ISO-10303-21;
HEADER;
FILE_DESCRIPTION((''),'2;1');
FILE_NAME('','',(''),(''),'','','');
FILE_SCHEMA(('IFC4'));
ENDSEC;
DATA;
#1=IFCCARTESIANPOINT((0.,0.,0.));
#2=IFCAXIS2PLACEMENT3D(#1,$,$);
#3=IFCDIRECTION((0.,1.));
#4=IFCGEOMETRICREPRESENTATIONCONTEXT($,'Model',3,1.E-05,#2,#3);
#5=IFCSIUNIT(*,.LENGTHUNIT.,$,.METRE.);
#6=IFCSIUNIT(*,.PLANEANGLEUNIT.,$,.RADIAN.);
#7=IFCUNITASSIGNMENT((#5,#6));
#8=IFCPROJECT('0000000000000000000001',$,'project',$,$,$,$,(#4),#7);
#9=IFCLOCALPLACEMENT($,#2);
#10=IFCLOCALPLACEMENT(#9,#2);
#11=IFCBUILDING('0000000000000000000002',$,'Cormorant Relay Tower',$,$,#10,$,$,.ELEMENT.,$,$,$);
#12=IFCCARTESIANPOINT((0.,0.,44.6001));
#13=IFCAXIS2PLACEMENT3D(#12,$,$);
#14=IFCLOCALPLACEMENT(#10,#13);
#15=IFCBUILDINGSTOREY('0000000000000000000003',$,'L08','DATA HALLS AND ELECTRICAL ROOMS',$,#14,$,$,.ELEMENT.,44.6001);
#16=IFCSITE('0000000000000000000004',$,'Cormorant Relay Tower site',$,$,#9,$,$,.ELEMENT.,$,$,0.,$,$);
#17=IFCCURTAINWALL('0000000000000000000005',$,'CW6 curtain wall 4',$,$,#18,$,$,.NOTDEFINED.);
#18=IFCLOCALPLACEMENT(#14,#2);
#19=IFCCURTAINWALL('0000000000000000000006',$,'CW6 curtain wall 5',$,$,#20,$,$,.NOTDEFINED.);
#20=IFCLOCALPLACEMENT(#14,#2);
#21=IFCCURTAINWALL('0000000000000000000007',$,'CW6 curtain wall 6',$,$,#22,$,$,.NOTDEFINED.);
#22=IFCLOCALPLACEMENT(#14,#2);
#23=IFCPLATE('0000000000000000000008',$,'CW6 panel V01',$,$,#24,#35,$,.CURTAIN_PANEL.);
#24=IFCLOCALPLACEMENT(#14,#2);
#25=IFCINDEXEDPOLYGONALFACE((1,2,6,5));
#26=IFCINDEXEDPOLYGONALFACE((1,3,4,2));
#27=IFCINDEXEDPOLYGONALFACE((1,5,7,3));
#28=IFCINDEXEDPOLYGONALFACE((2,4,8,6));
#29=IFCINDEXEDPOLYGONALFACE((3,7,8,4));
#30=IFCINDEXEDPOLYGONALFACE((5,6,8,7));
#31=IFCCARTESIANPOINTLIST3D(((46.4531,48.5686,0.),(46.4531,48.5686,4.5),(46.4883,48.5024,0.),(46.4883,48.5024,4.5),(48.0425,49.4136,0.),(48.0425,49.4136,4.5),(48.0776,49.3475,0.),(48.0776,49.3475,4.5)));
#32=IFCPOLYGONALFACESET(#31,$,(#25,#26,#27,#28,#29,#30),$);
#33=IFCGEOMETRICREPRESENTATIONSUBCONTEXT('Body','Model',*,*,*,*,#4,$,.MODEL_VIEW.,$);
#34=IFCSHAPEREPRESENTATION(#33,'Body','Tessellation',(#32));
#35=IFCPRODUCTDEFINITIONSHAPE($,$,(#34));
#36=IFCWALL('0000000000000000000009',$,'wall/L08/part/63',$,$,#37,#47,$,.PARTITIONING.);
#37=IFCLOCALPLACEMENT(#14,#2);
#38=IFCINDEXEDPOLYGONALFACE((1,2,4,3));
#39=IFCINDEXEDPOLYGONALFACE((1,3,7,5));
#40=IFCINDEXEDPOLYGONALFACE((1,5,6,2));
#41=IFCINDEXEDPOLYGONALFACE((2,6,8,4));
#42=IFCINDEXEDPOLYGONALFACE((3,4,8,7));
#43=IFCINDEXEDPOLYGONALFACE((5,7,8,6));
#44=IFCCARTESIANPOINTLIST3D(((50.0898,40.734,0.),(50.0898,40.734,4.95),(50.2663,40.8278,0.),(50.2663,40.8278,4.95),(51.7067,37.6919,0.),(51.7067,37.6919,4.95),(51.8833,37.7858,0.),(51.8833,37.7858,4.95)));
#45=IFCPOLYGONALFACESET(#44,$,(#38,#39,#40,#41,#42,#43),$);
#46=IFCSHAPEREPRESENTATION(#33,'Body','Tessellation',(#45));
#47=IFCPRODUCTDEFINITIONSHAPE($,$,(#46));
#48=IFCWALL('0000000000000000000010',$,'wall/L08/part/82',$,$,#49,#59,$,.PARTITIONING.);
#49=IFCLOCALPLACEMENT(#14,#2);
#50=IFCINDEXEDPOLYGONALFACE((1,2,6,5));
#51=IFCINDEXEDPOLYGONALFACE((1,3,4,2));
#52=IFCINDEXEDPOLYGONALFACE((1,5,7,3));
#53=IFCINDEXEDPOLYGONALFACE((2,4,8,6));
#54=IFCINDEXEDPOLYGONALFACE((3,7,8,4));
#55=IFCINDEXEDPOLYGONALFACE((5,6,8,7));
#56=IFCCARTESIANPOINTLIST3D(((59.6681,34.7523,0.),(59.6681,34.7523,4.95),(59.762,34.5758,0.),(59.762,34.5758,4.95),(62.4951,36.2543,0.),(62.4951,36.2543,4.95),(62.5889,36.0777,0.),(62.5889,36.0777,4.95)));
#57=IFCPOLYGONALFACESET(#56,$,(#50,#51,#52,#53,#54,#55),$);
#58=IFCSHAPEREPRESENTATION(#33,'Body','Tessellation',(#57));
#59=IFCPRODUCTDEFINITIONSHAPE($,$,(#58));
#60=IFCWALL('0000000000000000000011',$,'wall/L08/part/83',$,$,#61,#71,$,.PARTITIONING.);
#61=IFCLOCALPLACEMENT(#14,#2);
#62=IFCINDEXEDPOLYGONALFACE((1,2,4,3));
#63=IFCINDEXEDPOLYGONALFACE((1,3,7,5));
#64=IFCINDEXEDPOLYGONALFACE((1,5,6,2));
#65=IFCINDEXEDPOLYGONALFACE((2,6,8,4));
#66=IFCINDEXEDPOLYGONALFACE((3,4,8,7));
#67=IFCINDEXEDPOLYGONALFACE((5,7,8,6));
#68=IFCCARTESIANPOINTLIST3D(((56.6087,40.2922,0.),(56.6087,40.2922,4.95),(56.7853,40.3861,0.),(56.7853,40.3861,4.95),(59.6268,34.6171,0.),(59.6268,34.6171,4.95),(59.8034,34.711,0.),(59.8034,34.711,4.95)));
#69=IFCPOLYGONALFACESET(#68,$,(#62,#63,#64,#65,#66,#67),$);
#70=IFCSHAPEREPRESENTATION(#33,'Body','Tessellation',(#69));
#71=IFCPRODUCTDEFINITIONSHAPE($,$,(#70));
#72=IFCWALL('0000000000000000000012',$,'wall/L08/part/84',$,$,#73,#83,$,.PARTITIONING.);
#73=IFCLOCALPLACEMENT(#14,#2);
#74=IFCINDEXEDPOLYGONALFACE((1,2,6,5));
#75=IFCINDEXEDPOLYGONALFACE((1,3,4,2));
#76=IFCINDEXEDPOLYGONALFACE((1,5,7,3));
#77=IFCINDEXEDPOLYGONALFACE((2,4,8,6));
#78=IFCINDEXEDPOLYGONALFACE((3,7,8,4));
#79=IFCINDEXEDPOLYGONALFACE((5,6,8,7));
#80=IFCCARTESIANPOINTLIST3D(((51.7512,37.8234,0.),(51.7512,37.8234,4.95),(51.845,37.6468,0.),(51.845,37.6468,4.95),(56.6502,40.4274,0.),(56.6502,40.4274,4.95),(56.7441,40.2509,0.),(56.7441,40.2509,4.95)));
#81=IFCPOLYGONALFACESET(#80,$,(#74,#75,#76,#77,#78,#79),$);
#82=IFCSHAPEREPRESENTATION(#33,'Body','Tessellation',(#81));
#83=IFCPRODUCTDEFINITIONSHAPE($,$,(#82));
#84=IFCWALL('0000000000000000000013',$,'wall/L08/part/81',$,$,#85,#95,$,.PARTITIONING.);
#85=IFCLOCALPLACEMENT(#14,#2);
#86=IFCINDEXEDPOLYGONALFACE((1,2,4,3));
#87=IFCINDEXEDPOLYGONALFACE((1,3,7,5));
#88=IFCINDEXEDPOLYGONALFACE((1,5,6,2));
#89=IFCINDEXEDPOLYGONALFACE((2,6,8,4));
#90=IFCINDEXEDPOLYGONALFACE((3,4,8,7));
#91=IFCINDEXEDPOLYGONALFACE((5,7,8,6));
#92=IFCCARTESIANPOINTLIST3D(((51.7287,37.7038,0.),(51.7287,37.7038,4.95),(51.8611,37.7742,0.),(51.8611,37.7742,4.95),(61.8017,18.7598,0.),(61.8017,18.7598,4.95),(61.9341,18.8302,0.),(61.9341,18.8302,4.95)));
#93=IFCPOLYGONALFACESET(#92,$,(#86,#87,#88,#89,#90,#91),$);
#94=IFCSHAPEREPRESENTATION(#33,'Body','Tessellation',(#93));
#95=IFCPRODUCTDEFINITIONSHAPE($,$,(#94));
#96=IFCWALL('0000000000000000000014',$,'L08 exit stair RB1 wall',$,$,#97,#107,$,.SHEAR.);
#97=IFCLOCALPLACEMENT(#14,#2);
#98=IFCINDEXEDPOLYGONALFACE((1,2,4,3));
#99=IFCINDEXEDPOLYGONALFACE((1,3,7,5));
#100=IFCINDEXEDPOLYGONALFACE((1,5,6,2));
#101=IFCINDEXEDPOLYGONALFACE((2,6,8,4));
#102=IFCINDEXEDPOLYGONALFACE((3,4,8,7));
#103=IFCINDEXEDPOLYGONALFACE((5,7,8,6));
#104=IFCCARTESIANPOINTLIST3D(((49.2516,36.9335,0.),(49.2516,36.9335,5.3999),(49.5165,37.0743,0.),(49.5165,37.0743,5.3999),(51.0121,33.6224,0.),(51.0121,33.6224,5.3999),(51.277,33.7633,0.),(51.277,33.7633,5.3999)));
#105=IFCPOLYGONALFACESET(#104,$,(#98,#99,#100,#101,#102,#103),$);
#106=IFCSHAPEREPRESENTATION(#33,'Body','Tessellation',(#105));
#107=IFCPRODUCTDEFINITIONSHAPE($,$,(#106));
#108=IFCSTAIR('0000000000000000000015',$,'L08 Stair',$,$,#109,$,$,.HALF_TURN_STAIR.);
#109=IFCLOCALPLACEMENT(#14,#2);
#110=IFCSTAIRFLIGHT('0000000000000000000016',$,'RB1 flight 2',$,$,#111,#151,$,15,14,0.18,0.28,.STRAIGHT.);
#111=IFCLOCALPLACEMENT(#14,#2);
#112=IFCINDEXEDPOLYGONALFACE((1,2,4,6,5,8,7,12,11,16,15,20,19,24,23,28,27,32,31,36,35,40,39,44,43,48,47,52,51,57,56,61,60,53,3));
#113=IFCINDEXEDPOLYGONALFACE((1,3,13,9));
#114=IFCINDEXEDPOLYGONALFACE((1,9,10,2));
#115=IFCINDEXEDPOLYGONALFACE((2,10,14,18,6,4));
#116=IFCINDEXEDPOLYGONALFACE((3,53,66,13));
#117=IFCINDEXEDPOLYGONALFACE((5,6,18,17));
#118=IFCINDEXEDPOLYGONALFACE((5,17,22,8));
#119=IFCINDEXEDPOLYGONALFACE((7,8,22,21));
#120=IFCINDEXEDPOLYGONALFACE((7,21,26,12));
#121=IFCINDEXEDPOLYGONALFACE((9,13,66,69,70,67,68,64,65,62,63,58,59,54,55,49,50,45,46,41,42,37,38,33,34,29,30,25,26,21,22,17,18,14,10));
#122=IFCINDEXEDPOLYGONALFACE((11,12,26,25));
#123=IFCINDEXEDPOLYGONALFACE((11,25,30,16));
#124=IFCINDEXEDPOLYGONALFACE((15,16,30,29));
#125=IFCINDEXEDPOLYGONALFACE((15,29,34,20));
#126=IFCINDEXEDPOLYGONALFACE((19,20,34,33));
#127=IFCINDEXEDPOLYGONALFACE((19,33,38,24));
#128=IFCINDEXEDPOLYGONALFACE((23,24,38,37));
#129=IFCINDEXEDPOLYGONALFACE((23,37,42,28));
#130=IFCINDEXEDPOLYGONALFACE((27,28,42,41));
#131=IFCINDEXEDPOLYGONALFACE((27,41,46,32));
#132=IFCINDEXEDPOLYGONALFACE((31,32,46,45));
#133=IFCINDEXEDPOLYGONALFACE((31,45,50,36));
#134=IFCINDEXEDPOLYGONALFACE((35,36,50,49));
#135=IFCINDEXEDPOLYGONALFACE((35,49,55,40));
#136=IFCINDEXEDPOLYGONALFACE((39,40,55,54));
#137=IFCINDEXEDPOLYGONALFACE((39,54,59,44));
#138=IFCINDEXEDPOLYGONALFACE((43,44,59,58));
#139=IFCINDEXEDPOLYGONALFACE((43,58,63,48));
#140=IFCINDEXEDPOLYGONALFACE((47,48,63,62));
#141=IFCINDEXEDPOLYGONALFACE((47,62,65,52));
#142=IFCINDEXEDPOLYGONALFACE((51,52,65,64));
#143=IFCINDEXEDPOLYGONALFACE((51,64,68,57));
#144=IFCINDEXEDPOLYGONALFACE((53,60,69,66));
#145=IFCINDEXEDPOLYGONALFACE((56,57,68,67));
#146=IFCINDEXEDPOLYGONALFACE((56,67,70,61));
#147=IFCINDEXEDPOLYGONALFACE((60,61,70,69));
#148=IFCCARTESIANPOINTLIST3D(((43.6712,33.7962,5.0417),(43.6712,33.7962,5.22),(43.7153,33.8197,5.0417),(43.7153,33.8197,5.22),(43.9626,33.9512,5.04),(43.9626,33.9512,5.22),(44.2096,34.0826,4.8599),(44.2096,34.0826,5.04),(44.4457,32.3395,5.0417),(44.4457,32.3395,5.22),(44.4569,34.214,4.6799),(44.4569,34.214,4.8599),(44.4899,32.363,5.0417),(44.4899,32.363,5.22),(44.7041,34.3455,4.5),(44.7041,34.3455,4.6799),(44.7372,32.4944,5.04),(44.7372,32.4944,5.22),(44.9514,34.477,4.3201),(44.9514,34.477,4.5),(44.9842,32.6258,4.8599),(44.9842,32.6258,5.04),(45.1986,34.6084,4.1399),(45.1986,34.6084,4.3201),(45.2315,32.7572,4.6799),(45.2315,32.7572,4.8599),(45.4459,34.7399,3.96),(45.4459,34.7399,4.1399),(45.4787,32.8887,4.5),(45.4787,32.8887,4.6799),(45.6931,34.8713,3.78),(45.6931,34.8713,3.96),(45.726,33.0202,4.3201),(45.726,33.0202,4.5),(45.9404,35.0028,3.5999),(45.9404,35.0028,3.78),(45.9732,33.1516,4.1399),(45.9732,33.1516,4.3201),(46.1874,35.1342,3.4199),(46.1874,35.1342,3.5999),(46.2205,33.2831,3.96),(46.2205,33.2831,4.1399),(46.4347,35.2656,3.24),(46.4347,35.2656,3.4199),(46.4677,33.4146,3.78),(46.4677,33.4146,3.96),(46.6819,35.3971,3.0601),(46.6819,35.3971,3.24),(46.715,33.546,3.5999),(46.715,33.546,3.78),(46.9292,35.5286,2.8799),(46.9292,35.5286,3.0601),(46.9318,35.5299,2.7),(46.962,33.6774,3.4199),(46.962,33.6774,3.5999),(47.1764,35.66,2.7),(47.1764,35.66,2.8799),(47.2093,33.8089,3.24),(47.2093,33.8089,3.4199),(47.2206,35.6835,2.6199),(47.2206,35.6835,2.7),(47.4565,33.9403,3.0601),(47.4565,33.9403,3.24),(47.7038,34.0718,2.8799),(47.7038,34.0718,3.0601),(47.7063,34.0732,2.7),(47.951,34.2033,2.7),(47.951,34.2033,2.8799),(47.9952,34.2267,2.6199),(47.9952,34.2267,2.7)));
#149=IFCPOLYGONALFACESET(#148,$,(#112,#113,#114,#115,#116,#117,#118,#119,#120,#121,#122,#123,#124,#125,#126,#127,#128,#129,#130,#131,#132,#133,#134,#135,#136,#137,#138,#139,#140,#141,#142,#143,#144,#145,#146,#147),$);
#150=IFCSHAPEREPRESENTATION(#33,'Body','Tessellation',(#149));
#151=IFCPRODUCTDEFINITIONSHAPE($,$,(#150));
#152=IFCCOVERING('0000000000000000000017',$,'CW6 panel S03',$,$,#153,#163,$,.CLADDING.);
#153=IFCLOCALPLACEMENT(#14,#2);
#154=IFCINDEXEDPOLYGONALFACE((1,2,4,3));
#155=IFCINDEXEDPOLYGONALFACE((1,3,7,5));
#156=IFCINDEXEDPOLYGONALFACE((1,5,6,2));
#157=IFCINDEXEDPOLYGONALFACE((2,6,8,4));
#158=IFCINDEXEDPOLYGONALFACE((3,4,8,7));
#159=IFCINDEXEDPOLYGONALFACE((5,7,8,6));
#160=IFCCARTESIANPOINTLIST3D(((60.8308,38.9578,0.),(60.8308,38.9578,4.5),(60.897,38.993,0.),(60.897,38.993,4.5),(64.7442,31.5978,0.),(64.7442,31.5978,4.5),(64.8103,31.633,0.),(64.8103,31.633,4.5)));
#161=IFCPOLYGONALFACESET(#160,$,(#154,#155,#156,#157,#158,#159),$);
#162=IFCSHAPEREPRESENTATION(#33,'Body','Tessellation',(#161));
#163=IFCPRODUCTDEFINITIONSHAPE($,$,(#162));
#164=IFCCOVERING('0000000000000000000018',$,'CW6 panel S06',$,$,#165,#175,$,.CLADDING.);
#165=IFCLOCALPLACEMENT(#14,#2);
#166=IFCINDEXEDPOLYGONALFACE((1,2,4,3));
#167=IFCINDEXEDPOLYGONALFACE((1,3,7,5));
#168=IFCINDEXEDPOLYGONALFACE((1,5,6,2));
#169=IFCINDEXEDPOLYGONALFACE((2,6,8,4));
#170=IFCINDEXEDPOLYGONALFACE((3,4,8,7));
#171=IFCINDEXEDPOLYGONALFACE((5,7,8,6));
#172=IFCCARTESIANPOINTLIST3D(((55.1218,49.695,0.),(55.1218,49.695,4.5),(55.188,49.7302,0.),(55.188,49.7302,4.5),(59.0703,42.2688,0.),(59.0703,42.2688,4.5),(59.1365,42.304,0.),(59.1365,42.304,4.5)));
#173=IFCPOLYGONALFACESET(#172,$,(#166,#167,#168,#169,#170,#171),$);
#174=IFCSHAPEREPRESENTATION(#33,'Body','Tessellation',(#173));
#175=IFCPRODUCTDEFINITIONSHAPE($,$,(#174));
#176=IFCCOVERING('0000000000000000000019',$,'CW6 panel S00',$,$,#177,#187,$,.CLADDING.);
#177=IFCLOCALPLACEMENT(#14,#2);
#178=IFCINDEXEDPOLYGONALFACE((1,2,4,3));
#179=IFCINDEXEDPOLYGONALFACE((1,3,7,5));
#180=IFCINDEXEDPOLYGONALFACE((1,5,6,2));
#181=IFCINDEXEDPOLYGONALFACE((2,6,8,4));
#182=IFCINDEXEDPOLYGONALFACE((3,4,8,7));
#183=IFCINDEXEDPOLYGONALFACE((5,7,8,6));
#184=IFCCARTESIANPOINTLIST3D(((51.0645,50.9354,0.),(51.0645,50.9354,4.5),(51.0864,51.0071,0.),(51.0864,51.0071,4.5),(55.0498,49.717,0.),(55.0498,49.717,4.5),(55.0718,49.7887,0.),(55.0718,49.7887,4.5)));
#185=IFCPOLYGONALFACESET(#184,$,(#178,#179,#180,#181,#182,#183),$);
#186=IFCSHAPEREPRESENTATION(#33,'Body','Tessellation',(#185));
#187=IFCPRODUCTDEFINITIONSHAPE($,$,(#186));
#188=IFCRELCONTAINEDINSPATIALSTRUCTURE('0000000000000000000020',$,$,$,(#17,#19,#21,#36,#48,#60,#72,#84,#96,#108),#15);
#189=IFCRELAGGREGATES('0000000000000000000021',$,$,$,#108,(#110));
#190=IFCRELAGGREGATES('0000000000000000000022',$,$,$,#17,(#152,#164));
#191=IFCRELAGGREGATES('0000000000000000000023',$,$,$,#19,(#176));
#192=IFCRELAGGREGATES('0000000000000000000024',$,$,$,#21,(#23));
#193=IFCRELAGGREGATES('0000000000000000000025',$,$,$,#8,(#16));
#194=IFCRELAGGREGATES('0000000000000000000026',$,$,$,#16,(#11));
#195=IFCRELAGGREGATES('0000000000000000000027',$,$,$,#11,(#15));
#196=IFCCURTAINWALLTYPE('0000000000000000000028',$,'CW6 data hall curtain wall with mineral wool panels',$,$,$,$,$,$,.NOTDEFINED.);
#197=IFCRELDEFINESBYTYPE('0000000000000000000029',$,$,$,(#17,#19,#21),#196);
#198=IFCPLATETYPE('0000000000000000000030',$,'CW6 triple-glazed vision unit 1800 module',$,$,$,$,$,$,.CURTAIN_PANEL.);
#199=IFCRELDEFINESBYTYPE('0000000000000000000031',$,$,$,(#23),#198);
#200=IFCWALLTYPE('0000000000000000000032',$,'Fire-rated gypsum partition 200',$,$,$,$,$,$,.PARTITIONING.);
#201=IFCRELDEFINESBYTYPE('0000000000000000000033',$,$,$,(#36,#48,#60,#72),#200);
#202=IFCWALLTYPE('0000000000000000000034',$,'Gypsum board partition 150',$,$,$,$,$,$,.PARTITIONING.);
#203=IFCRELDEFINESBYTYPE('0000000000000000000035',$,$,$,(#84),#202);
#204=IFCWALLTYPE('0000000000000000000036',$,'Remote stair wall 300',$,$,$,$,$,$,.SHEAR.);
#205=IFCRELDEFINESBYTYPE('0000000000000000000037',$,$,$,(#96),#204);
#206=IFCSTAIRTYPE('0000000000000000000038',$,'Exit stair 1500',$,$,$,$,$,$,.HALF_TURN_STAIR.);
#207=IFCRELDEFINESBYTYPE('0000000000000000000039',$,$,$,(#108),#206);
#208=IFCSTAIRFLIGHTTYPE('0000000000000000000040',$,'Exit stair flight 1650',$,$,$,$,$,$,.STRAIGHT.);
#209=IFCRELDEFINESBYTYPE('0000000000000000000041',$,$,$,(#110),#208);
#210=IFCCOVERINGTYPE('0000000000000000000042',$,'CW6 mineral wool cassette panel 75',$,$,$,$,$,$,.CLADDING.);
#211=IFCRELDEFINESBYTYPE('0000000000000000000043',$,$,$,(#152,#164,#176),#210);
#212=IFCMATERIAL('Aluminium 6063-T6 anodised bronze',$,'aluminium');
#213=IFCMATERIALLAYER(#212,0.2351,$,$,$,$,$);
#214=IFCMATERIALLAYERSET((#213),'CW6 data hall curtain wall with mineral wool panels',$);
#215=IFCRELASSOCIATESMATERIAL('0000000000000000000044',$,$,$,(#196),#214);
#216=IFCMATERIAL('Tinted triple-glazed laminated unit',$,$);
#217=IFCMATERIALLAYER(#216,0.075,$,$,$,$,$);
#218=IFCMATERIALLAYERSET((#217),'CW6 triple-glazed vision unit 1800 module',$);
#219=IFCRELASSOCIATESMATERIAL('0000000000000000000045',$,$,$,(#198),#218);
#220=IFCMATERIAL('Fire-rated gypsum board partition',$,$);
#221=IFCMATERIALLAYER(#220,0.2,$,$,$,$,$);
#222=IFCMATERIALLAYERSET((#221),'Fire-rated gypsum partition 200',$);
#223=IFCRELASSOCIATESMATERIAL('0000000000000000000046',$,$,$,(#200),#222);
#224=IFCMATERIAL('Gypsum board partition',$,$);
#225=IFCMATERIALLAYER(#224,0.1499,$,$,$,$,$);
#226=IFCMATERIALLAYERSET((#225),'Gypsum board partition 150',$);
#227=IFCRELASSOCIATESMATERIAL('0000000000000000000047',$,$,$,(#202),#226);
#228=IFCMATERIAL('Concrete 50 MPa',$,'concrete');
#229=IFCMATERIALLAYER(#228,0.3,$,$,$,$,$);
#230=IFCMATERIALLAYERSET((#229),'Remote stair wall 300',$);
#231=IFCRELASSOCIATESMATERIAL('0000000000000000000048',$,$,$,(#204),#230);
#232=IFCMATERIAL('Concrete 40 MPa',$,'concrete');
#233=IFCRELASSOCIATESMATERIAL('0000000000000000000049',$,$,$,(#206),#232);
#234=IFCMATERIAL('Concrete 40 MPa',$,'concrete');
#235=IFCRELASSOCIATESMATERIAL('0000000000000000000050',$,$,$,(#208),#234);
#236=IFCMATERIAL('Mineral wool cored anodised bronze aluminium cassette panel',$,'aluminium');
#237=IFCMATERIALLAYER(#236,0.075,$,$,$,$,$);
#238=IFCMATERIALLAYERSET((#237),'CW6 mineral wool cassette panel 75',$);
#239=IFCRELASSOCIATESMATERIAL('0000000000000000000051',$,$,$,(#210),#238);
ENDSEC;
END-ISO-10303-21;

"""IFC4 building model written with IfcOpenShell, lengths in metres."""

from ifc_helpers import new_model, si_unit, direction, frame, frame_2d, origin, origin_2d, place, context, subcontext, project, spatial, polyline, rectangle, outline, extrude, material, layer, layer_set, type_object, element, aggregate, save


model = new_model("IFC4")

# Units and contexts
model_context = context("Model", 3, precision=1e-05, world=origin(), true_north=direction((0.0, 1.0)))
body_context = subcontext(model_context, "Body", "Model", "MODEL_VIEW")
ifc_project = project(units=[si_unit("LENGTHUNIT", "METRE"), si_unit("PLANEANGLEUNIT", "RADIAN")], contexts=[model_context])

# Site, building, storey
site_placement = place(None, origin())
site = spatial("IfcSite", under=ifc_project, at=site_placement, Name="Cormorant Relay Tower site", CompositionType="ELEMENT", RefElevation=0.0)
building_placement = place(site_placement, origin())
building = spatial("IfcBuilding", under=site, at=building_placement, Name="Cormorant Relay Tower", CompositionType="ELEMENT")
storey_placement = place(building_placement, frame((0.0, 0.0, 44.6001)))
storey = spatial("IfcBuildingStorey", under=building, at=storey_placement, Name="L08", Description="DATA HALLS AND ELECTRICAL ROOMS", CompositionType="ELEMENT", Elevation=44.6001)

# Curtain wall
ifc_material_1 = material(Name="Aluminium 6063-T6 anodised bronze", Category="aluminium")
ifc_layer_1 = layer(ifc_material_1, 0.2351)
ifc_layer_set_1 = layer_set([ifc_layer_1], Name="CW6 data hall curtain wall with mineral wool panels")
curtain_wall_type = type_object("IfcCurtainWallType", Name="CW6 data hall curtain wall with mineral wool panels", PredefinedType="NOTDEFINED", material=ifc_layer_set_1)
curtain_wall_1_placement = place(storey_placement, origin())
curtain_wall_1 = element("IfcCurtainWall", 1, at=curtain_wall_1_placement, inside=storey, type_object=curtain_wall_type, Name="CW6 curtain wall 4", PredefinedType="NOTDEFINED")

# Curtain wall
curtain_wall_2_placement = place(storey_placement, origin())
curtain_wall_2 = element("IfcCurtainWall", 2, at=curtain_wall_2_placement, inside=storey, type_object=curtain_wall_type, Name="CW6 curtain wall 5", PredefinedType="NOTDEFINED")

# Curtain wall
curtain_wall_3_placement = place(storey_placement, origin())
curtain_wall_3 = element("IfcCurtainWall", 3, at=curtain_wall_3_placement, inside=storey, type_object=curtain_wall_type, Name="CW6 curtain wall 6", PredefinedType="NOTDEFINED")

# Plate
ifc_material_2 = material(Name="Tinted triple-glazed laminated unit")
ifc_layer_2 = layer(ifc_material_2, 0.075)
ifc_layer_set_2 = layer_set([ifc_layer_2], Name="CW6 triple-glazed vision unit 1800 module")
plate_type = type_object("IfcPlateType", Name="CW6 triple-glazed vision unit 1800 module", PredefinedType="CURTAIN_PANEL", material=ifc_layer_set_2)
plate_1_placement = place(storey_placement, frame((47.2654, 48.958, 0.0), z_axis=(0.0, 0.0, 1.0), x_axis=(-0.882948, -0.469472, 0.0)))
plate_1 = element("IfcPlate", 4, at=plate_1_placement, type_object=plate_type, Name="CW6 panel V01", PredefinedType="CURTAIN_PANEL", context=body_context, shape_type="SweptSolid", body=[
    extrude(rectangle(XDim=1.8, YDim=0.075, at=origin_2d()), origin(), (0.0, 0.0, 1.0), 4.5),
])

# Walls
ifc_material_3 = material(Name="Fire-rated gypsum board partition")
ifc_layer_3 = layer(ifc_material_3, 0.2)
ifc_layer_set_3 = layer_set([ifc_layer_3], Name="Fire-rated gypsum partition 200")
wall_type_1 = type_object("IfcWallType", Name="Fire-rated gypsum partition 200", PredefinedType="PARTITIONING", material=ifc_layer_set_3)
wall_1_placement = place(storey_placement, frame((50.178, 40.781, 0.0), z_axis=(0.0, 0.0, 1.0), x_axis=(0.469356, -0.883009, 0.0)))
element("IfcWall", 5, at=wall_1_placement, inside=storey, type_object=wall_type_1, Name="wall/L08/part/63", PredefinedType="PARTITIONING", context=body_context, shape_type="SweptSolid", body=[
    extrude(rectangle(XDim=3.4451, YDim=0.2, at=frame_2d((1.7227, 0.0))), origin(), (0.0, 0.0, 1.0), 4.95),
])
wall_2_placement = place(storey_placement, frame((62.542, 36.166, 0.0), z_axis=(0.0, 0.0, 1.0), x_axis=(-0.883095, -0.469194, 0.0)))
element("IfcWall", 6, at=wall_2_placement, inside=storey, type_object=wall_type_1, Name="wall/L08/part/82", PredefinedType="PARTITIONING", context=body_context, shape_type="SweptSolid", body=[
    extrude(rectangle(XDim=3.2012, YDim=0.2, at=frame_2d((1.6006, 0.0))), origin(), (0.0, 0.0, 1.0), 4.95),
])
wall_3_placement = place(storey_placement, frame((59.7151, 34.6641, 0.0), z_axis=(0.0, 0.0, 1.0), x_axis=(-0.469543, 0.88291, 0.0)))
element("IfcWall", 7, at=wall_3_placement, inside=storey, type_object=wall_type_1, Name="wall/L08/part/83", PredefinedType="PARTITIONING", context=body_context, shape_type="SweptSolid", body=[
    extrude(rectangle(XDim=6.4277, YDim=0.2, at=frame_2d((3.2139, 0.0))), origin(), (0.0, 0.0, 1.0), 4.95),
])
wall_4_placement = place(storey_placement, frame((56.697, 40.3391, 0.0), z_axis=(0.0, 0.0, 1.0), x_axis=(-0.883007, -0.469359, 0.0)))
element("IfcWall", 8, at=wall_4_placement, inside=storey, type_object=wall_type_1, Name="wall/L08/part/84", PredefinedType="PARTITIONING", context=body_context, shape_type="SweptSolid", body=[
    extrude(rectangle(XDim=5.5481, YDim=0.2, at=frame_2d((2.7739, 0.0))), origin(), (0.0, 0.0, 1.0), 4.95),
])
ifc_material_4 = material(Name="Gypsum board partition")
ifc_layer_4 = layer(ifc_material_4, 0.1499)
ifc_layer_set_4 = layer_set([ifc_layer_4], Name="Gypsum board partition 150")
wall_type_2 = type_object("IfcWallType", Name="Gypsum board partition 150", PredefinedType="PARTITIONING", material=ifc_layer_set_4)
wall_5_placement = place(storey_placement, frame((51.7949, 37.739, 0.0), z_axis=(0.0, 0.0, 1.0), x_axis=(0.46948, -0.882943, 0.0)))
element("IfcWall", 9, at=wall_5_placement, inside=storey, type_object=wall_type_2, Name="wall/L08/part/81", PredefinedType="PARTITIONING", context=body_context, shape_type="SweptSolid", body=[
    extrude(rectangle(XDim=21.4556, YDim=0.1499, at=frame_2d((10.7278, 0.0))), origin(), (0.0, 0.0, 1.0), 4.95),
])
ifc_material_5 = material(Name="Concrete 50 MPa", Category="concrete")
ifc_layer_5 = layer(ifc_material_5, 0.3)
ifc_layer_set_5 = layer_set([ifc_layer_5], Name="Remote stair wall 300")
wall_type_3 = type_object("IfcWallType", Name="Remote stair wall 300", PredefinedType="SHEAR", material=ifc_layer_set_5)
wall_6_placement = place(storey_placement, frame((49.384, 37.0039, 0.0), z_axis=(0.0, 0.0, 1.0), x_axis=(0.469469, -0.882949, 0.0)))
element("IfcWall", 10, at=wall_6_placement, inside=storey, type_object=wall_type_3, Name="L08 exit stair RB1 wall", PredefinedType="SHEAR", context=body_context, shape_type="SweptSolid", body=[
    extrude(rectangle(XDim=3.75, YDim=0.3, at=frame_2d((1.875, 0.0))), origin(), (0.0, 0.0, 1.0), 5.3999),
])

# Stair, stair flight
ifc_material_6 = material(Name="Concrete 40 MPa", Category="concrete")
stair_type = type_object("IfcStairType", Name="Exit stair 1500", PredefinedType="HALF_TURN_STAIR", material=ifc_material_6)
stair_placement = place(storey_placement, origin())
stair = element("IfcStair", 11, at=stair_placement, inside=storey, type_object=stair_type, Name="L08 Stair", PredefinedType="HALF_TURN_STAIR")
ifc_material_7 = material(Name="Concrete 40 MPa", Category="concrete")
stair_flight_type = type_object("IfcStairFlightType", Name="Exit stair flight 1650", PredefinedType="STRAIGHT", material=ifc_material_7)
stair_flight_placement = place(storey_placement, frame((47.5637, 34.9316, 2.7), z_axis=(0.0, 0.0, 1.0), x_axis=(-0.882948, -0.469472, 0.0)))
stair_flight = element("IfcStairFlight", 12, at=stair_flight_placement, type_object=stair_flight_type, Name="RB1 flight 2", NumberOfRisers=15, NumberOfTreads=14, PredefinedType="STRAIGHT", RiserHeight=0.18, TreadLength=0.28, context=body_context, shape_type="SweptSolid", body=[
    extrude(outline(polyline([(-0.05, -0.0801), (-0.05, 0.0), (0.0, 0.0), (0.0, 0.1799), (0.28, 0.1799), (0.28, 0.3601), (0.5601, 0.3601), (0.5601, 0.54), (0.8401, 0.54), (0.8401, 0.72), (1.1201, 0.72), (1.1201, 0.8999), (1.3999, 0.8999), (1.3999, 1.0801), (1.6799, 1.0801), (1.6799, 1.26), (1.96, 1.26), (1.96, 1.4399), (2.24, 1.4399), (2.24, 1.6201), (2.52, 1.6201), (2.52, 1.8), (2.8, 1.8), (2.8, 1.98), (3.0801, 1.98), (3.0801, 2.1599), (3.3601, 2.1599), (3.3601, 2.3401), (3.6399, 2.3401), (3.6399, 2.52), (3.9199, 2.52), (3.97, 2.52), (3.97, 2.3418), (3.9199, 2.3418), (0.2771, 0.0), (-0.05, -0.0801)])), frame((0.0, 0.825, 0.0), z_axis=(0.0, -1.0, 0.0), x_axis=(1.0, 0.0, 0.0)), (0.0, 0.0, 1.0), 1.6499),
])
aggregate(stair, [stair_flight])

# Coverings
ifc_material_8 = material(Name="Mineral wool cored anodised bronze aluminium cassette panel", Category="aluminium")
ifc_layer_6 = layer(ifc_material_8, 0.075)
ifc_layer_set_6 = layer_set([ifc_layer_6], Name="CW6 mineral wool cassette panel 75")
covering_type = type_object("IfcCoveringType", Name="CW6 mineral wool cassette panel 75", PredefinedType="CLADDING", material=ifc_layer_set_6)
covering_1_placement = place(storey_placement, frame((62.8206, 35.2954, 0.0), z_axis=(0.0, 0.0, 1.0), x_axis=(-0.469472, 0.882948, 0.0)))
covering_1 = element("IfcCovering", 13, at=covering_1_placement, type_object=covering_type, Name="CW6 panel S03", PredefinedType="CLADDING", context=body_context, shape_type="SweptSolid", body=[
    extrude(rectangle(XDim=8.3357, YDim=0.075, at=origin_2d()), origin(), (0.0, 0.0, 1.0), 4.5),
])
covering_2_placement = place(storey_placement, frame((57.1292, 45.9995, 0.0), z_axis=(0.0, 0.0, 1.0), x_axis=(-0.469472, 0.882948, 0.0)))
covering_2 = element("IfcCovering", 14, at=covering_2_placement, type_object=covering_type, Name="CW6 panel S06", PredefinedType="CLADDING", context=body_context, shape_type="SweptSolid", body=[
    extrude(rectangle(XDim=8.4106, YDim=0.075, at=origin_2d()), origin(), (0.0, 0.0, 1.0), 4.5),
])
aggregate(curtain_wall_1, [covering_1, covering_2])
covering_3_placement = place(storey_placement, frame((53.0681, 50.3621, 0.0), z_axis=(0.0, 0.0, 1.0), x_axis=(-0.956305, 0.292372, 0.0)))
covering_3 = element("IfcCovering", 15, at=covering_3_placement, type_object=covering_type, Name="CW6 panel S00", PredefinedType="CLADDING", context=body_context, shape_type="SweptSolid", body=[
    extrude(rectangle(XDim=4.1675, YDim=0.075, at=origin_2d()), origin(), (0.0, 0.0, 1.0), 4.5),
])
aggregate(curtain_wall_2, [covering_3])
aggregate(curtain_wall_3, [plate_1])

save(model, "model.ifc")
